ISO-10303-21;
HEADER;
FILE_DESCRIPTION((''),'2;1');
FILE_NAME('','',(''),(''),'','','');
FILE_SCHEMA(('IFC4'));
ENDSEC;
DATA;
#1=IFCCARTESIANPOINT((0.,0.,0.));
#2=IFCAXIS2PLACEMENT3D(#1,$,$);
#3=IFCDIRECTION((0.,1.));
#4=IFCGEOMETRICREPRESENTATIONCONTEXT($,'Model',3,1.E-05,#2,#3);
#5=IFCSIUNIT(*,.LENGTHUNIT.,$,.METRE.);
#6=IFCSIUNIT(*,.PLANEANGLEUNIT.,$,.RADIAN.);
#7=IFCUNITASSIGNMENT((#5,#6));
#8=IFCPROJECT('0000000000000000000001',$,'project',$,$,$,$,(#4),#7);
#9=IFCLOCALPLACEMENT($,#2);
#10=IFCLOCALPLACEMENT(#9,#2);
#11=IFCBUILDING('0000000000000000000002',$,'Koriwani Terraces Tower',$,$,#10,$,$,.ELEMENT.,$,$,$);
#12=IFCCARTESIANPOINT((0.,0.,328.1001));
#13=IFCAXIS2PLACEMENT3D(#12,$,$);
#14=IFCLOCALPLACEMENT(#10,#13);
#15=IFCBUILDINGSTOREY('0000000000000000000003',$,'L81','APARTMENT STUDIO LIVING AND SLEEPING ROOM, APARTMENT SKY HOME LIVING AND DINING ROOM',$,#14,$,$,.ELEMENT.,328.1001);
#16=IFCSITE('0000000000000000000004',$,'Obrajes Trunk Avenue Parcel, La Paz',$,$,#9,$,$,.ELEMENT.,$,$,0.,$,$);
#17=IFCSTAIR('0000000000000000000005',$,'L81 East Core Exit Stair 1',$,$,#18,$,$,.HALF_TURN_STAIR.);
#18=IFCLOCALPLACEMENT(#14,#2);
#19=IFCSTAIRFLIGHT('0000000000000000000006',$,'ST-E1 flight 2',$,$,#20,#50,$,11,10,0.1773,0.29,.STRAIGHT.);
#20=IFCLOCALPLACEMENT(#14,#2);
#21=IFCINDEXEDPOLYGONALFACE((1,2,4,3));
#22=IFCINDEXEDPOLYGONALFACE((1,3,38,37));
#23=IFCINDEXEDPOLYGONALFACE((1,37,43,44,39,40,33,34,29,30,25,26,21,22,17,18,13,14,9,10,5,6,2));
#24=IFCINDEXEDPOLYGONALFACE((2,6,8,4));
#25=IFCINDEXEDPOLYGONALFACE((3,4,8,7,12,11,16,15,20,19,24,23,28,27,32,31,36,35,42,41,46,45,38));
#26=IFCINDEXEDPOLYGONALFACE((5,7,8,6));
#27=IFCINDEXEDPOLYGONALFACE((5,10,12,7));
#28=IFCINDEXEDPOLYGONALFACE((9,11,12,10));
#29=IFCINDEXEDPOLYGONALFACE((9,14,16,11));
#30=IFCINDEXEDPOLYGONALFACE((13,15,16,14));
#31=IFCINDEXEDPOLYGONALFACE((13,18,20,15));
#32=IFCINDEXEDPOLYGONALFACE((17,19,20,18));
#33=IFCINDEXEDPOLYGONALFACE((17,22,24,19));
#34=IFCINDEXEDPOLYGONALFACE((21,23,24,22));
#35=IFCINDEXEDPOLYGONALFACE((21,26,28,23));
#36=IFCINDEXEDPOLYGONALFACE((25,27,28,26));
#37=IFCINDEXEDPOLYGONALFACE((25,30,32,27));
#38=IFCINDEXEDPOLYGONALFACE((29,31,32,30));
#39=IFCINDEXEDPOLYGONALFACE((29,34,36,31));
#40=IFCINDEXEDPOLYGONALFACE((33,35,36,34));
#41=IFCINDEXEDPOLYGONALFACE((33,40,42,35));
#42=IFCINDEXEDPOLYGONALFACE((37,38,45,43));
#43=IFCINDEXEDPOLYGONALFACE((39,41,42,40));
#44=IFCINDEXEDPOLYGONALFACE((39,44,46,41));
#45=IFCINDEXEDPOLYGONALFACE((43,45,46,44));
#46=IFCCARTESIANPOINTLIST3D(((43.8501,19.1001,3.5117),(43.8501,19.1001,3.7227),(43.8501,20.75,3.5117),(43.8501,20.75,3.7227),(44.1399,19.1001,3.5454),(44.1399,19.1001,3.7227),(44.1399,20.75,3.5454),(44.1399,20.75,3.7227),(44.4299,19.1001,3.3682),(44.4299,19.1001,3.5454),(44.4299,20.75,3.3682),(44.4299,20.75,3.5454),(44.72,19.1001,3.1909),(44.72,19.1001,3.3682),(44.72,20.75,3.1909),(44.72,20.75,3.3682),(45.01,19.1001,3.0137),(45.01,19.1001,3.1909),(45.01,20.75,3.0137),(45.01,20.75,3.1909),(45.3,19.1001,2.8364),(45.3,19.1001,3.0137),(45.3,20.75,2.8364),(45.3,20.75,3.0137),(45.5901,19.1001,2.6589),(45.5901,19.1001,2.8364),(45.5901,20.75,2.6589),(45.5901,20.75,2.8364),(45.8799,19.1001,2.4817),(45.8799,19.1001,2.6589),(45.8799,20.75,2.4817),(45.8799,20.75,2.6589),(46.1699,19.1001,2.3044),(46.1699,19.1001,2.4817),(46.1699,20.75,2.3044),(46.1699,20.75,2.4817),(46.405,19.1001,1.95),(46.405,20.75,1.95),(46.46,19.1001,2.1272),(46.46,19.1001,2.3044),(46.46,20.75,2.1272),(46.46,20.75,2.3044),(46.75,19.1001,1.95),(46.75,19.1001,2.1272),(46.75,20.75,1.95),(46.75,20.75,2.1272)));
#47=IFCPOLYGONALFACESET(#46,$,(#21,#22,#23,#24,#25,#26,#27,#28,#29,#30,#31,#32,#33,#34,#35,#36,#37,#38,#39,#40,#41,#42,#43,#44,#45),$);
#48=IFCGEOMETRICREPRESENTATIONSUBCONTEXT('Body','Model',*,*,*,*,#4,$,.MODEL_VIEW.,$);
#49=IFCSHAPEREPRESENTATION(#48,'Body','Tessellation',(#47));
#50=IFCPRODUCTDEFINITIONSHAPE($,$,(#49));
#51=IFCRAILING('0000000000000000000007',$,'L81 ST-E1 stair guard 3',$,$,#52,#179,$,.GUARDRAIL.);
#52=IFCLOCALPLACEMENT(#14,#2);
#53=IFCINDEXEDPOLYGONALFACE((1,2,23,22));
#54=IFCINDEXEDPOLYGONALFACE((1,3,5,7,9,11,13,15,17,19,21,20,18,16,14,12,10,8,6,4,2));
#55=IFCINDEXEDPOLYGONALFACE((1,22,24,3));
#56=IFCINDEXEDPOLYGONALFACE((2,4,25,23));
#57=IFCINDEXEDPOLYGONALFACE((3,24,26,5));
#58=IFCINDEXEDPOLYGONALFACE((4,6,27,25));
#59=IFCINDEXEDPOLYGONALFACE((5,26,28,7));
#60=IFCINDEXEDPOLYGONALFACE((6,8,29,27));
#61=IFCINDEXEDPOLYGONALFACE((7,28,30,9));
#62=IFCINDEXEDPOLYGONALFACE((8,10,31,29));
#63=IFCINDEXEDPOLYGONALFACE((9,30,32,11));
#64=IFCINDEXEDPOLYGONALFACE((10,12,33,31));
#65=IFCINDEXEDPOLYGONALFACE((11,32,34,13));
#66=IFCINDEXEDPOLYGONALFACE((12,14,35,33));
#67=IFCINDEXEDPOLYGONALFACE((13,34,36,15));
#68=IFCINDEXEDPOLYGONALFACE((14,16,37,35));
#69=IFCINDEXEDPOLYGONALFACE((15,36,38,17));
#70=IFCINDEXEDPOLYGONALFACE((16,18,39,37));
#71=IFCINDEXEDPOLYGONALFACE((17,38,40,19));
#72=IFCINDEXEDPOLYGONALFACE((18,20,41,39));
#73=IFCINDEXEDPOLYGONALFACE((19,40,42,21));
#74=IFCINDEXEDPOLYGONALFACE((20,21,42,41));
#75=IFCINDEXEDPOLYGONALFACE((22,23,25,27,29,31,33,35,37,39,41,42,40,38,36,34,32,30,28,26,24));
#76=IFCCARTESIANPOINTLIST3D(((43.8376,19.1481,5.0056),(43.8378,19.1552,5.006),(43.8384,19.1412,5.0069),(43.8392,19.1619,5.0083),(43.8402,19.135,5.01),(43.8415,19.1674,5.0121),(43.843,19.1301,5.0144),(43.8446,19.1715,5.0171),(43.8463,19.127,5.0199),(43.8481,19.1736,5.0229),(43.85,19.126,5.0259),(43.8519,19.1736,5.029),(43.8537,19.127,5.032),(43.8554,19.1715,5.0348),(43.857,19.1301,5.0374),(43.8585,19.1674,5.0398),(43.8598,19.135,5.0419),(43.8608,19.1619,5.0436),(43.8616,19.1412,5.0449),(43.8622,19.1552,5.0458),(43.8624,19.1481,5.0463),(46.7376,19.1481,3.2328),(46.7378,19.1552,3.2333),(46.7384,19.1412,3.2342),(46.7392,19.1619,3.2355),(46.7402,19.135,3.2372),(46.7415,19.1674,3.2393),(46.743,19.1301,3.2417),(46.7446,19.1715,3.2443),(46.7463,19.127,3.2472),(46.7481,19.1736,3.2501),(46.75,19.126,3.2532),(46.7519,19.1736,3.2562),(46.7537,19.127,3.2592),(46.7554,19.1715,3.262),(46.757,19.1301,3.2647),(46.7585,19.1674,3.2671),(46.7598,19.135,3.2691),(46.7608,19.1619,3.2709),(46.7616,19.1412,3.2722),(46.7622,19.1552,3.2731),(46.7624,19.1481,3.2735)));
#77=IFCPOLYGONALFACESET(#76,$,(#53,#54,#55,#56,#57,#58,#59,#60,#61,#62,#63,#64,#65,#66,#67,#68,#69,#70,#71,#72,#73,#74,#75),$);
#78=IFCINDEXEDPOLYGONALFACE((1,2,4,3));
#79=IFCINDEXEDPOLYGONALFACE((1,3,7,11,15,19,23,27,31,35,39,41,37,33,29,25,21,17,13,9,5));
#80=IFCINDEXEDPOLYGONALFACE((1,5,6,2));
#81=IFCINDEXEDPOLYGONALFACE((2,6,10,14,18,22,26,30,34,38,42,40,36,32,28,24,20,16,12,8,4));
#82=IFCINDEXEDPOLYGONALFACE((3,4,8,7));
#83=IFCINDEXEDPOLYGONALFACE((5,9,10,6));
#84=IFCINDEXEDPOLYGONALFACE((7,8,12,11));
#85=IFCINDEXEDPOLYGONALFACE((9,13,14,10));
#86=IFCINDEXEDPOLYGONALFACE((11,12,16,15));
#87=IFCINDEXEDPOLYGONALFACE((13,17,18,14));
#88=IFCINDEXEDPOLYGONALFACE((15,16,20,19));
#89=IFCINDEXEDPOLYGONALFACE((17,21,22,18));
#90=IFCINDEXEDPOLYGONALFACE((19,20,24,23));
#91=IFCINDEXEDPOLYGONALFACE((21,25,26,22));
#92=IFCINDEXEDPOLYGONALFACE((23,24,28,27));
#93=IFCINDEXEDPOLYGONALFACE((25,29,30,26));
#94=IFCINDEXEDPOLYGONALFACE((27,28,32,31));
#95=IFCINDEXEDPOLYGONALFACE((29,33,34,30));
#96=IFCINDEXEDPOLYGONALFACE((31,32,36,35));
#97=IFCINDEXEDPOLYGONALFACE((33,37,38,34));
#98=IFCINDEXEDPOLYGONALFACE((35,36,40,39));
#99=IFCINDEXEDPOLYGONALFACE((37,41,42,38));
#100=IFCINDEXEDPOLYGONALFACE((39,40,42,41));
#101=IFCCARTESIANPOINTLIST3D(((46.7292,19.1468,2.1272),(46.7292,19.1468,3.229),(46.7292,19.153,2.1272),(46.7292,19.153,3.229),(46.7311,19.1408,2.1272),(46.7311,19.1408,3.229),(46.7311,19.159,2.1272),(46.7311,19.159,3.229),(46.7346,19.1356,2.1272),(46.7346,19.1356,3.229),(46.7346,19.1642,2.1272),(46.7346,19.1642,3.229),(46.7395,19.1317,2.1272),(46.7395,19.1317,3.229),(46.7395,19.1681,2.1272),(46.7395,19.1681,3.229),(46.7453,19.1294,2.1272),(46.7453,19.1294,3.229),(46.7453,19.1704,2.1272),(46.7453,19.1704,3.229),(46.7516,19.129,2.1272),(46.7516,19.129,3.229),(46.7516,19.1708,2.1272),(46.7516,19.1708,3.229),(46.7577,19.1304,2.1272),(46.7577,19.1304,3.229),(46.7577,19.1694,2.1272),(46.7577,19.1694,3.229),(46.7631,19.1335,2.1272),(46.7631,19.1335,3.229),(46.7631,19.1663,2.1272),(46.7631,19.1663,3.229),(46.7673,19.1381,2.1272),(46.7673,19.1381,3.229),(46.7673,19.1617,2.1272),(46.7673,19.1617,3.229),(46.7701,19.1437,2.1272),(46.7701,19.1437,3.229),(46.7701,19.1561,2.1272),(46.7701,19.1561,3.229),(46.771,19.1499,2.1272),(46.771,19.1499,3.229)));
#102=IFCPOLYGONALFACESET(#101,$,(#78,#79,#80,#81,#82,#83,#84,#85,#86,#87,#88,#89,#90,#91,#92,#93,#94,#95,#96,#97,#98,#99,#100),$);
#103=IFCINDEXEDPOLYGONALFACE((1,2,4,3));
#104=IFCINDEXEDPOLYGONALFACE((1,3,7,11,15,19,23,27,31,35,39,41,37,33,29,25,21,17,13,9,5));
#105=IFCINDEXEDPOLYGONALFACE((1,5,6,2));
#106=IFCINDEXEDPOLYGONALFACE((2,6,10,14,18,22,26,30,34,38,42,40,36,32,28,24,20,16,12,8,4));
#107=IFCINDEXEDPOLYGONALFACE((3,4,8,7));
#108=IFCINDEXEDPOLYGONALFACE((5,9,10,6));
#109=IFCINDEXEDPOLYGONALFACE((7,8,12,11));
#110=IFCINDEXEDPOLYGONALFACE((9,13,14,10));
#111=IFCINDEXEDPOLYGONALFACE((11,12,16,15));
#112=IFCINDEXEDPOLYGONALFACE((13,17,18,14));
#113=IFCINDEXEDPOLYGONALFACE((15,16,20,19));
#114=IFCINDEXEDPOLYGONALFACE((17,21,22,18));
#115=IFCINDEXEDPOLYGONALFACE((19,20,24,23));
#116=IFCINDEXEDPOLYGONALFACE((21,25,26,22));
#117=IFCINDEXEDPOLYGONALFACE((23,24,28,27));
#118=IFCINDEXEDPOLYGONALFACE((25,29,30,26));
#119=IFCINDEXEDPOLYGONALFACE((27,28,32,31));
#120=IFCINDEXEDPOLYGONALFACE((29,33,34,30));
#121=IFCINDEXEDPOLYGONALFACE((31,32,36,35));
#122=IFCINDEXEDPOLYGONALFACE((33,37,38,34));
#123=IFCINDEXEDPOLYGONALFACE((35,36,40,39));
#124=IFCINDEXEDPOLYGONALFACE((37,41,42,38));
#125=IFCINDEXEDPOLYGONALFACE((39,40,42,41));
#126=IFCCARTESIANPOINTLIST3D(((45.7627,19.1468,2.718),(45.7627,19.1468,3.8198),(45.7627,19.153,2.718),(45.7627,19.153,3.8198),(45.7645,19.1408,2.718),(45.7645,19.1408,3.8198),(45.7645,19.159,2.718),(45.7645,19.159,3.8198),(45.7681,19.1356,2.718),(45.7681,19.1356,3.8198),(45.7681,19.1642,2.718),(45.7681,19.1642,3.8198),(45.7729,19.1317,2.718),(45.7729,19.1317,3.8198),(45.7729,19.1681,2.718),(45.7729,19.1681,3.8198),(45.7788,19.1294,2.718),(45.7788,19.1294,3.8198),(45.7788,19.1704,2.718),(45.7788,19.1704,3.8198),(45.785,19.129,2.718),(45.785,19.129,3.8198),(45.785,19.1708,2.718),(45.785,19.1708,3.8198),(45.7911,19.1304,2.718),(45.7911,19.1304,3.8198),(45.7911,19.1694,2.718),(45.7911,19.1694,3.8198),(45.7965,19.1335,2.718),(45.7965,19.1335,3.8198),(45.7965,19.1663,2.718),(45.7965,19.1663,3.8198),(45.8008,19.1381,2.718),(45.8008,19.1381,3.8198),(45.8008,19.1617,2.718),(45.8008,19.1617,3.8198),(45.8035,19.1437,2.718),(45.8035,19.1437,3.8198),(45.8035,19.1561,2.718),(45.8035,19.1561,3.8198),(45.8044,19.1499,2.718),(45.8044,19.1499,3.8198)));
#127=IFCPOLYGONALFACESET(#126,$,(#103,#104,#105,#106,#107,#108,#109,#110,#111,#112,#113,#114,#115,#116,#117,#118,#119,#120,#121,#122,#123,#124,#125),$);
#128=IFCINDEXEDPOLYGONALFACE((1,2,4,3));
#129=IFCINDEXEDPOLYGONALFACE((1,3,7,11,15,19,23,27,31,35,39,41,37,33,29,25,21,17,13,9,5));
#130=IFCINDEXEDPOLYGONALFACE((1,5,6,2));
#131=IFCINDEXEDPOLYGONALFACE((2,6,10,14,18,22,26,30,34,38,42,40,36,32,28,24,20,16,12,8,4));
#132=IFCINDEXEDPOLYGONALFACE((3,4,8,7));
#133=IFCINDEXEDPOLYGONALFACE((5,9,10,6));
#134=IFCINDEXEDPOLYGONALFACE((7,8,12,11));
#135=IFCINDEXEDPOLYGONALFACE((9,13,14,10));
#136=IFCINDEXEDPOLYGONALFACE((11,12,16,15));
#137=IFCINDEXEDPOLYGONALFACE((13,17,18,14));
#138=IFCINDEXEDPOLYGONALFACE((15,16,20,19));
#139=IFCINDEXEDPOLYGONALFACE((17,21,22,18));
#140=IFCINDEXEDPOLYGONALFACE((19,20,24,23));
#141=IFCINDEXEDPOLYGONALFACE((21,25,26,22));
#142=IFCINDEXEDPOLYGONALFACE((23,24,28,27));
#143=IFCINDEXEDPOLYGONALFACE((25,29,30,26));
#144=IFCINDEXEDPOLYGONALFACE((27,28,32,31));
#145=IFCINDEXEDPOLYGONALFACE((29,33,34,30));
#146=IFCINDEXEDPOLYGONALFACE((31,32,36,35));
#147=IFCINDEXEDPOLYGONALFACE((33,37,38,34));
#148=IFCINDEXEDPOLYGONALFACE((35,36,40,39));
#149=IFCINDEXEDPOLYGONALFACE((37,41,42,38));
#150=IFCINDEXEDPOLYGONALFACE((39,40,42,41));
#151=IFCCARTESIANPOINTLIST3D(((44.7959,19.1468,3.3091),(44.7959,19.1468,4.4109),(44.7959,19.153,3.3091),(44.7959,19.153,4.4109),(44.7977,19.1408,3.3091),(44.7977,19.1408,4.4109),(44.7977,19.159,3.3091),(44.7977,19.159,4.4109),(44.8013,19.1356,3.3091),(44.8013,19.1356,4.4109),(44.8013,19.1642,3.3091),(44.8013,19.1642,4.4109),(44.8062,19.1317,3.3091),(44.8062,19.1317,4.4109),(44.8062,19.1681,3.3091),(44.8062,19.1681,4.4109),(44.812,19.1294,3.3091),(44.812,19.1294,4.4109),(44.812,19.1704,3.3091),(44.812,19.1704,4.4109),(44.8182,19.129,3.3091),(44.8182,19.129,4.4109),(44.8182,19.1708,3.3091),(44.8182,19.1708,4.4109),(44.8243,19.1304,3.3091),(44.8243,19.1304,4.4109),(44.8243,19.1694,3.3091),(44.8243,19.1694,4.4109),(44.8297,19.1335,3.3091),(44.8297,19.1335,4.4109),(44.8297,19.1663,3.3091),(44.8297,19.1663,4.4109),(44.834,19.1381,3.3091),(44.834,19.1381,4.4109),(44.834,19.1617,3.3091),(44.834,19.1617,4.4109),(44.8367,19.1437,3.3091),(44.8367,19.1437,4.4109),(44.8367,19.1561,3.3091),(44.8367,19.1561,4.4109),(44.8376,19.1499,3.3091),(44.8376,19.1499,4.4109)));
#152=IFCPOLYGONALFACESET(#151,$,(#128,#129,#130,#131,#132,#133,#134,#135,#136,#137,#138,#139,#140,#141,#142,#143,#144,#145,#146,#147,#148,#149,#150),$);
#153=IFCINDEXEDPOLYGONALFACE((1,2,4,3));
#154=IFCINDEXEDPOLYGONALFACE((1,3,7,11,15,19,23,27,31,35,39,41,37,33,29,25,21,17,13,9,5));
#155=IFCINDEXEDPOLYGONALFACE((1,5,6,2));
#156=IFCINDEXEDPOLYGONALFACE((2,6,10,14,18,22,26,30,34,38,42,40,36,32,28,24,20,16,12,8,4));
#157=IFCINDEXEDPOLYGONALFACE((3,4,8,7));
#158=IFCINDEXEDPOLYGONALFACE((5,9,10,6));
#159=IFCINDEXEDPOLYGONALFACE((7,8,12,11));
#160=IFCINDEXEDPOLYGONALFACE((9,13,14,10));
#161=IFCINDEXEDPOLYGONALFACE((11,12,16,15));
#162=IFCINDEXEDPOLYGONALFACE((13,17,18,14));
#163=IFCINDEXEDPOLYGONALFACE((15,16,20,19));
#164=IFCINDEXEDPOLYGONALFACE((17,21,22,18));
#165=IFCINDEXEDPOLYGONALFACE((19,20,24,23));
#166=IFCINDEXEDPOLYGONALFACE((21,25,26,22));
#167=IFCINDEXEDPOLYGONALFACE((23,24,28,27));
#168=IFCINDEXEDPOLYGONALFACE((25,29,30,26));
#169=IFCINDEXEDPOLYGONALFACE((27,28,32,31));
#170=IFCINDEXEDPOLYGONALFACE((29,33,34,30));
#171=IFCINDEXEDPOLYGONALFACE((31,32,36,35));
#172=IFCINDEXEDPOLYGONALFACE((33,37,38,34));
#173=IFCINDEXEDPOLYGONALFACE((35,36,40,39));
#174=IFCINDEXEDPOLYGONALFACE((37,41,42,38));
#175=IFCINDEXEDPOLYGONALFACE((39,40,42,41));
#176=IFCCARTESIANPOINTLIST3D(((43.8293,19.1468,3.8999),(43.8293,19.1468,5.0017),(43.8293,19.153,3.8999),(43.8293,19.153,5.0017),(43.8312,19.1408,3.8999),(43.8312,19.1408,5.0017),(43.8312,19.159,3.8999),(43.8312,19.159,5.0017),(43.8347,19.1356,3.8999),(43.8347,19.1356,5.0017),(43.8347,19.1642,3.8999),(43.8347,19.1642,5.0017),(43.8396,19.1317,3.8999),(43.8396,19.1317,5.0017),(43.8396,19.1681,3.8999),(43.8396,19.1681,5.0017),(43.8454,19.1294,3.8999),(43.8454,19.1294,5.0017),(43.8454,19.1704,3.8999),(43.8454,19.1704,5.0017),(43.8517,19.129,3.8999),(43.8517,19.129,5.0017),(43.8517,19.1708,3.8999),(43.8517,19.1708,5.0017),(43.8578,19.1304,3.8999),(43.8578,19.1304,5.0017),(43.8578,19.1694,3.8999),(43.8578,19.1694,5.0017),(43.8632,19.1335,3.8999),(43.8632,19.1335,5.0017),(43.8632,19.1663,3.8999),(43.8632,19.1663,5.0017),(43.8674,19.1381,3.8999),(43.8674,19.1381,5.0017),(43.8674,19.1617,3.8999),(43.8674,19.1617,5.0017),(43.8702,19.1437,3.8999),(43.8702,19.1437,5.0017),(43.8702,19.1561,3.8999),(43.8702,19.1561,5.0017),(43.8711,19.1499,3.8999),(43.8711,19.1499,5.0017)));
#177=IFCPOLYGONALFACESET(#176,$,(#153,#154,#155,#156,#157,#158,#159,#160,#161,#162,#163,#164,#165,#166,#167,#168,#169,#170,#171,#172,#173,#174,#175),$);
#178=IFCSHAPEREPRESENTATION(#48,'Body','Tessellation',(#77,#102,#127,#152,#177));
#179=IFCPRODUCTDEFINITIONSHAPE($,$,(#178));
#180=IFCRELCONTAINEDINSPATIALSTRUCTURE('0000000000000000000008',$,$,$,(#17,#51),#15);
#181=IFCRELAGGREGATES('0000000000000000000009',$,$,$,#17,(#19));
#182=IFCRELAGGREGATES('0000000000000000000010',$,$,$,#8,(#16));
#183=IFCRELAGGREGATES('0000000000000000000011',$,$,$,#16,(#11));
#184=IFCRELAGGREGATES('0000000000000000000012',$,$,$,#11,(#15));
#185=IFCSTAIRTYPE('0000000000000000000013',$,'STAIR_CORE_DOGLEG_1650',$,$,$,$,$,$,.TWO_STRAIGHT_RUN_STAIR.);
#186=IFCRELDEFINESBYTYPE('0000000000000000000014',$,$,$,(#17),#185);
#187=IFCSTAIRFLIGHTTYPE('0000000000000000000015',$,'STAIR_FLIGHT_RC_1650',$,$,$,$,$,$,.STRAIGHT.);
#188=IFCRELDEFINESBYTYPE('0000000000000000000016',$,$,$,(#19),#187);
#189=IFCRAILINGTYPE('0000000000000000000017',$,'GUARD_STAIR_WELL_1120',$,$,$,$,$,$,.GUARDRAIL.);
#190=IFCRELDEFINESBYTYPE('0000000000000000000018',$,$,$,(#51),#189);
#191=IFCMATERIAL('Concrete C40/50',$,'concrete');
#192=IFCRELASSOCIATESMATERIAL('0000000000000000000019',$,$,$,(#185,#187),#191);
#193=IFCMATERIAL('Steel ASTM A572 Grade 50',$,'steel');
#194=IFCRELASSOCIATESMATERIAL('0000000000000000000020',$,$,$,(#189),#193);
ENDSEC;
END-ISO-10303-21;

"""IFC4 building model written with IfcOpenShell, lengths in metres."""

from ifc_helpers import new_model, si_unit, direction, frame, origin, origin_2d, place, context, subcontext, project, spatial, polyline, circle, outline, extrude, material, type_object, element, aggregate, save


model = new_model("IFC4")

# Units and contexts
model_context = context("Model", 3, precision=1e-05, world=origin(), true_north=direction((0.0, 1.0)))
body_context = subcontext(model_context, "Body", "Model", "MODEL_VIEW")
ifc_project = project(units=[si_unit("LENGTHUNIT", "METRE"), si_unit("PLANEANGLEUNIT", "RADIAN")], contexts=[model_context])

# Site, building, storey
site_placement = place(None, origin())
site = spatial("IfcSite", under=ifc_project, at=site_placement, Name="Obrajes Trunk Avenue Parcel, La Paz", CompositionType="ELEMENT", RefElevation=0.0)
building_placement = place(site_placement, origin())
building = spatial("IfcBuilding", under=site, at=building_placement, Name="Koriwani Terraces Tower", CompositionType="ELEMENT")
storey_placement = place(building_placement, frame((0.0, 0.0, 328.1001)))
storey = spatial("IfcBuildingStorey", under=building, at=storey_placement, Name="L81", Description="APARTMENT STUDIO LIVING AND SLEEPING ROOM, APARTMENT SKY HOME LIVING AND DINING ROOM", CompositionType="ELEMENT", Elevation=328.1001)

# Shared definitions
ifc_material_1 = material(Name="Concrete C40/50", Category="concrete")
ifc_material_2 = material(Name="Steel ASTM A572 Grade 50", Category="steel")

# Stair, stair flight
stair_type = type_object("IfcStairType", Name="STAIR_CORE_DOGLEG_1650", PredefinedType="TWO_STRAIGHT_RUN_STAIR", material=ifc_material_1)
stair_placement = place(storey_placement, origin())
stair = element("IfcStair", 1, at=stair_placement, inside=storey, type_object=stair_type, Name="L81 East Core Exit Stair 1", PredefinedType="HALF_TURN_STAIR")
stair_flight_type = type_object("IfcStairFlightType", Name="STAIR_FLIGHT_RC_1650", PredefinedType="STRAIGHT", material=ifc_material_1)
stair_flight_placement = place(storey_placement, frame((46.75, 19.925, 1.95), z_axis=(0.0, 0.0, 1.0), x_axis=(-1.0, 0.0, 0.0)))
stair_flight = element("IfcStairFlight", 2, at=stair_flight_placement, type_object=stair_flight_type, Name="ST-E1 flight 2", NumberOfRisers=11, NumberOfTreads=10, PredefinedType="STRAIGHT", RiserHeight=0.1773, TreadLength=0.29, context=body_context, shape_type="SweptSolid", body=[
    extrude(outline(polyline([(0.0, 0.0), (0.0, 0.1772), (0.29, 0.1772), (0.29, 0.3545), (0.5801, 0.3545), (0.5801, 0.5317), (0.8701, 0.5317), (0.8701, 0.709), (1.1599, 0.709), (1.1599, 0.8865), (1.45, 0.8865), (1.45, 1.0637), (1.74, 1.0637), (1.74, 1.241), (2.03, 1.241), (2.03, 1.4182), (2.3201, 1.4182), (2.3201, 1.5955), (2.6101, 1.5955), (2.6101, 1.7727), (2.8999, 1.7727), (2.8999, 1.95), (2.8999, 1.5618), (0.345, 0.0), (0.0, 0.0)])), frame((0.0, 0.825, 0.0), z_axis=(0.0, -1.0, 0.0), x_axis=(1.0, 0.0, 0.0)), (0.0, 0.0, 1.0), 1.6499),
])
aggregate(stair, [stair_flight])

# Railing
railing_type_1 = type_object("IfcRailingType", Name="GUARD_STAIR_WELL_1120", PredefinedType="GUARDRAIL", material=ifc_material_2)
railing_1_placement = place(storey_placement, frame((46.75, 19.1499, 2.1272)))
element("IfcRailing", 3, at=railing_1_placement, inside=storey, type_object=railing_type_1, Name="L81 ST-E1 stair guard 3", PredefinedType="GUARDRAIL", context=body_context, shape_type="SweptSolid", body=[
    extrude(circle(Radius=0.0239, at=origin_2d()), frame((0.0, 0.0, 1.126), z_axis=(-0.853211, 0.0, 0.521566), x_axis=(0.0, -1.0, 0.0)), (0.0, 0.0, 1.0), 3.3989),
    extrude(circle(Radius=0.021, at=origin_2d()), origin(), (0.0, 0.0, 1.0), 1.1018),
    extrude(circle(Radius=0.021, at=origin_2d()), frame((-0.9666, 0.0, 0.5908)), (0.0, 0.0, 1.0), 1.1018),
    extrude(circle(Radius=0.021, at=origin_2d()), frame((-1.9333, 0.0, 1.1819)), (0.0, 0.0, 1.0), 1.1018),
    extrude(circle(Radius=0.021, at=origin_2d()), frame((-2.8999, 0.0, 1.7727)), (0.0, 0.0, 1.0), 1.1018),
])

save(model, "model.ifc")
